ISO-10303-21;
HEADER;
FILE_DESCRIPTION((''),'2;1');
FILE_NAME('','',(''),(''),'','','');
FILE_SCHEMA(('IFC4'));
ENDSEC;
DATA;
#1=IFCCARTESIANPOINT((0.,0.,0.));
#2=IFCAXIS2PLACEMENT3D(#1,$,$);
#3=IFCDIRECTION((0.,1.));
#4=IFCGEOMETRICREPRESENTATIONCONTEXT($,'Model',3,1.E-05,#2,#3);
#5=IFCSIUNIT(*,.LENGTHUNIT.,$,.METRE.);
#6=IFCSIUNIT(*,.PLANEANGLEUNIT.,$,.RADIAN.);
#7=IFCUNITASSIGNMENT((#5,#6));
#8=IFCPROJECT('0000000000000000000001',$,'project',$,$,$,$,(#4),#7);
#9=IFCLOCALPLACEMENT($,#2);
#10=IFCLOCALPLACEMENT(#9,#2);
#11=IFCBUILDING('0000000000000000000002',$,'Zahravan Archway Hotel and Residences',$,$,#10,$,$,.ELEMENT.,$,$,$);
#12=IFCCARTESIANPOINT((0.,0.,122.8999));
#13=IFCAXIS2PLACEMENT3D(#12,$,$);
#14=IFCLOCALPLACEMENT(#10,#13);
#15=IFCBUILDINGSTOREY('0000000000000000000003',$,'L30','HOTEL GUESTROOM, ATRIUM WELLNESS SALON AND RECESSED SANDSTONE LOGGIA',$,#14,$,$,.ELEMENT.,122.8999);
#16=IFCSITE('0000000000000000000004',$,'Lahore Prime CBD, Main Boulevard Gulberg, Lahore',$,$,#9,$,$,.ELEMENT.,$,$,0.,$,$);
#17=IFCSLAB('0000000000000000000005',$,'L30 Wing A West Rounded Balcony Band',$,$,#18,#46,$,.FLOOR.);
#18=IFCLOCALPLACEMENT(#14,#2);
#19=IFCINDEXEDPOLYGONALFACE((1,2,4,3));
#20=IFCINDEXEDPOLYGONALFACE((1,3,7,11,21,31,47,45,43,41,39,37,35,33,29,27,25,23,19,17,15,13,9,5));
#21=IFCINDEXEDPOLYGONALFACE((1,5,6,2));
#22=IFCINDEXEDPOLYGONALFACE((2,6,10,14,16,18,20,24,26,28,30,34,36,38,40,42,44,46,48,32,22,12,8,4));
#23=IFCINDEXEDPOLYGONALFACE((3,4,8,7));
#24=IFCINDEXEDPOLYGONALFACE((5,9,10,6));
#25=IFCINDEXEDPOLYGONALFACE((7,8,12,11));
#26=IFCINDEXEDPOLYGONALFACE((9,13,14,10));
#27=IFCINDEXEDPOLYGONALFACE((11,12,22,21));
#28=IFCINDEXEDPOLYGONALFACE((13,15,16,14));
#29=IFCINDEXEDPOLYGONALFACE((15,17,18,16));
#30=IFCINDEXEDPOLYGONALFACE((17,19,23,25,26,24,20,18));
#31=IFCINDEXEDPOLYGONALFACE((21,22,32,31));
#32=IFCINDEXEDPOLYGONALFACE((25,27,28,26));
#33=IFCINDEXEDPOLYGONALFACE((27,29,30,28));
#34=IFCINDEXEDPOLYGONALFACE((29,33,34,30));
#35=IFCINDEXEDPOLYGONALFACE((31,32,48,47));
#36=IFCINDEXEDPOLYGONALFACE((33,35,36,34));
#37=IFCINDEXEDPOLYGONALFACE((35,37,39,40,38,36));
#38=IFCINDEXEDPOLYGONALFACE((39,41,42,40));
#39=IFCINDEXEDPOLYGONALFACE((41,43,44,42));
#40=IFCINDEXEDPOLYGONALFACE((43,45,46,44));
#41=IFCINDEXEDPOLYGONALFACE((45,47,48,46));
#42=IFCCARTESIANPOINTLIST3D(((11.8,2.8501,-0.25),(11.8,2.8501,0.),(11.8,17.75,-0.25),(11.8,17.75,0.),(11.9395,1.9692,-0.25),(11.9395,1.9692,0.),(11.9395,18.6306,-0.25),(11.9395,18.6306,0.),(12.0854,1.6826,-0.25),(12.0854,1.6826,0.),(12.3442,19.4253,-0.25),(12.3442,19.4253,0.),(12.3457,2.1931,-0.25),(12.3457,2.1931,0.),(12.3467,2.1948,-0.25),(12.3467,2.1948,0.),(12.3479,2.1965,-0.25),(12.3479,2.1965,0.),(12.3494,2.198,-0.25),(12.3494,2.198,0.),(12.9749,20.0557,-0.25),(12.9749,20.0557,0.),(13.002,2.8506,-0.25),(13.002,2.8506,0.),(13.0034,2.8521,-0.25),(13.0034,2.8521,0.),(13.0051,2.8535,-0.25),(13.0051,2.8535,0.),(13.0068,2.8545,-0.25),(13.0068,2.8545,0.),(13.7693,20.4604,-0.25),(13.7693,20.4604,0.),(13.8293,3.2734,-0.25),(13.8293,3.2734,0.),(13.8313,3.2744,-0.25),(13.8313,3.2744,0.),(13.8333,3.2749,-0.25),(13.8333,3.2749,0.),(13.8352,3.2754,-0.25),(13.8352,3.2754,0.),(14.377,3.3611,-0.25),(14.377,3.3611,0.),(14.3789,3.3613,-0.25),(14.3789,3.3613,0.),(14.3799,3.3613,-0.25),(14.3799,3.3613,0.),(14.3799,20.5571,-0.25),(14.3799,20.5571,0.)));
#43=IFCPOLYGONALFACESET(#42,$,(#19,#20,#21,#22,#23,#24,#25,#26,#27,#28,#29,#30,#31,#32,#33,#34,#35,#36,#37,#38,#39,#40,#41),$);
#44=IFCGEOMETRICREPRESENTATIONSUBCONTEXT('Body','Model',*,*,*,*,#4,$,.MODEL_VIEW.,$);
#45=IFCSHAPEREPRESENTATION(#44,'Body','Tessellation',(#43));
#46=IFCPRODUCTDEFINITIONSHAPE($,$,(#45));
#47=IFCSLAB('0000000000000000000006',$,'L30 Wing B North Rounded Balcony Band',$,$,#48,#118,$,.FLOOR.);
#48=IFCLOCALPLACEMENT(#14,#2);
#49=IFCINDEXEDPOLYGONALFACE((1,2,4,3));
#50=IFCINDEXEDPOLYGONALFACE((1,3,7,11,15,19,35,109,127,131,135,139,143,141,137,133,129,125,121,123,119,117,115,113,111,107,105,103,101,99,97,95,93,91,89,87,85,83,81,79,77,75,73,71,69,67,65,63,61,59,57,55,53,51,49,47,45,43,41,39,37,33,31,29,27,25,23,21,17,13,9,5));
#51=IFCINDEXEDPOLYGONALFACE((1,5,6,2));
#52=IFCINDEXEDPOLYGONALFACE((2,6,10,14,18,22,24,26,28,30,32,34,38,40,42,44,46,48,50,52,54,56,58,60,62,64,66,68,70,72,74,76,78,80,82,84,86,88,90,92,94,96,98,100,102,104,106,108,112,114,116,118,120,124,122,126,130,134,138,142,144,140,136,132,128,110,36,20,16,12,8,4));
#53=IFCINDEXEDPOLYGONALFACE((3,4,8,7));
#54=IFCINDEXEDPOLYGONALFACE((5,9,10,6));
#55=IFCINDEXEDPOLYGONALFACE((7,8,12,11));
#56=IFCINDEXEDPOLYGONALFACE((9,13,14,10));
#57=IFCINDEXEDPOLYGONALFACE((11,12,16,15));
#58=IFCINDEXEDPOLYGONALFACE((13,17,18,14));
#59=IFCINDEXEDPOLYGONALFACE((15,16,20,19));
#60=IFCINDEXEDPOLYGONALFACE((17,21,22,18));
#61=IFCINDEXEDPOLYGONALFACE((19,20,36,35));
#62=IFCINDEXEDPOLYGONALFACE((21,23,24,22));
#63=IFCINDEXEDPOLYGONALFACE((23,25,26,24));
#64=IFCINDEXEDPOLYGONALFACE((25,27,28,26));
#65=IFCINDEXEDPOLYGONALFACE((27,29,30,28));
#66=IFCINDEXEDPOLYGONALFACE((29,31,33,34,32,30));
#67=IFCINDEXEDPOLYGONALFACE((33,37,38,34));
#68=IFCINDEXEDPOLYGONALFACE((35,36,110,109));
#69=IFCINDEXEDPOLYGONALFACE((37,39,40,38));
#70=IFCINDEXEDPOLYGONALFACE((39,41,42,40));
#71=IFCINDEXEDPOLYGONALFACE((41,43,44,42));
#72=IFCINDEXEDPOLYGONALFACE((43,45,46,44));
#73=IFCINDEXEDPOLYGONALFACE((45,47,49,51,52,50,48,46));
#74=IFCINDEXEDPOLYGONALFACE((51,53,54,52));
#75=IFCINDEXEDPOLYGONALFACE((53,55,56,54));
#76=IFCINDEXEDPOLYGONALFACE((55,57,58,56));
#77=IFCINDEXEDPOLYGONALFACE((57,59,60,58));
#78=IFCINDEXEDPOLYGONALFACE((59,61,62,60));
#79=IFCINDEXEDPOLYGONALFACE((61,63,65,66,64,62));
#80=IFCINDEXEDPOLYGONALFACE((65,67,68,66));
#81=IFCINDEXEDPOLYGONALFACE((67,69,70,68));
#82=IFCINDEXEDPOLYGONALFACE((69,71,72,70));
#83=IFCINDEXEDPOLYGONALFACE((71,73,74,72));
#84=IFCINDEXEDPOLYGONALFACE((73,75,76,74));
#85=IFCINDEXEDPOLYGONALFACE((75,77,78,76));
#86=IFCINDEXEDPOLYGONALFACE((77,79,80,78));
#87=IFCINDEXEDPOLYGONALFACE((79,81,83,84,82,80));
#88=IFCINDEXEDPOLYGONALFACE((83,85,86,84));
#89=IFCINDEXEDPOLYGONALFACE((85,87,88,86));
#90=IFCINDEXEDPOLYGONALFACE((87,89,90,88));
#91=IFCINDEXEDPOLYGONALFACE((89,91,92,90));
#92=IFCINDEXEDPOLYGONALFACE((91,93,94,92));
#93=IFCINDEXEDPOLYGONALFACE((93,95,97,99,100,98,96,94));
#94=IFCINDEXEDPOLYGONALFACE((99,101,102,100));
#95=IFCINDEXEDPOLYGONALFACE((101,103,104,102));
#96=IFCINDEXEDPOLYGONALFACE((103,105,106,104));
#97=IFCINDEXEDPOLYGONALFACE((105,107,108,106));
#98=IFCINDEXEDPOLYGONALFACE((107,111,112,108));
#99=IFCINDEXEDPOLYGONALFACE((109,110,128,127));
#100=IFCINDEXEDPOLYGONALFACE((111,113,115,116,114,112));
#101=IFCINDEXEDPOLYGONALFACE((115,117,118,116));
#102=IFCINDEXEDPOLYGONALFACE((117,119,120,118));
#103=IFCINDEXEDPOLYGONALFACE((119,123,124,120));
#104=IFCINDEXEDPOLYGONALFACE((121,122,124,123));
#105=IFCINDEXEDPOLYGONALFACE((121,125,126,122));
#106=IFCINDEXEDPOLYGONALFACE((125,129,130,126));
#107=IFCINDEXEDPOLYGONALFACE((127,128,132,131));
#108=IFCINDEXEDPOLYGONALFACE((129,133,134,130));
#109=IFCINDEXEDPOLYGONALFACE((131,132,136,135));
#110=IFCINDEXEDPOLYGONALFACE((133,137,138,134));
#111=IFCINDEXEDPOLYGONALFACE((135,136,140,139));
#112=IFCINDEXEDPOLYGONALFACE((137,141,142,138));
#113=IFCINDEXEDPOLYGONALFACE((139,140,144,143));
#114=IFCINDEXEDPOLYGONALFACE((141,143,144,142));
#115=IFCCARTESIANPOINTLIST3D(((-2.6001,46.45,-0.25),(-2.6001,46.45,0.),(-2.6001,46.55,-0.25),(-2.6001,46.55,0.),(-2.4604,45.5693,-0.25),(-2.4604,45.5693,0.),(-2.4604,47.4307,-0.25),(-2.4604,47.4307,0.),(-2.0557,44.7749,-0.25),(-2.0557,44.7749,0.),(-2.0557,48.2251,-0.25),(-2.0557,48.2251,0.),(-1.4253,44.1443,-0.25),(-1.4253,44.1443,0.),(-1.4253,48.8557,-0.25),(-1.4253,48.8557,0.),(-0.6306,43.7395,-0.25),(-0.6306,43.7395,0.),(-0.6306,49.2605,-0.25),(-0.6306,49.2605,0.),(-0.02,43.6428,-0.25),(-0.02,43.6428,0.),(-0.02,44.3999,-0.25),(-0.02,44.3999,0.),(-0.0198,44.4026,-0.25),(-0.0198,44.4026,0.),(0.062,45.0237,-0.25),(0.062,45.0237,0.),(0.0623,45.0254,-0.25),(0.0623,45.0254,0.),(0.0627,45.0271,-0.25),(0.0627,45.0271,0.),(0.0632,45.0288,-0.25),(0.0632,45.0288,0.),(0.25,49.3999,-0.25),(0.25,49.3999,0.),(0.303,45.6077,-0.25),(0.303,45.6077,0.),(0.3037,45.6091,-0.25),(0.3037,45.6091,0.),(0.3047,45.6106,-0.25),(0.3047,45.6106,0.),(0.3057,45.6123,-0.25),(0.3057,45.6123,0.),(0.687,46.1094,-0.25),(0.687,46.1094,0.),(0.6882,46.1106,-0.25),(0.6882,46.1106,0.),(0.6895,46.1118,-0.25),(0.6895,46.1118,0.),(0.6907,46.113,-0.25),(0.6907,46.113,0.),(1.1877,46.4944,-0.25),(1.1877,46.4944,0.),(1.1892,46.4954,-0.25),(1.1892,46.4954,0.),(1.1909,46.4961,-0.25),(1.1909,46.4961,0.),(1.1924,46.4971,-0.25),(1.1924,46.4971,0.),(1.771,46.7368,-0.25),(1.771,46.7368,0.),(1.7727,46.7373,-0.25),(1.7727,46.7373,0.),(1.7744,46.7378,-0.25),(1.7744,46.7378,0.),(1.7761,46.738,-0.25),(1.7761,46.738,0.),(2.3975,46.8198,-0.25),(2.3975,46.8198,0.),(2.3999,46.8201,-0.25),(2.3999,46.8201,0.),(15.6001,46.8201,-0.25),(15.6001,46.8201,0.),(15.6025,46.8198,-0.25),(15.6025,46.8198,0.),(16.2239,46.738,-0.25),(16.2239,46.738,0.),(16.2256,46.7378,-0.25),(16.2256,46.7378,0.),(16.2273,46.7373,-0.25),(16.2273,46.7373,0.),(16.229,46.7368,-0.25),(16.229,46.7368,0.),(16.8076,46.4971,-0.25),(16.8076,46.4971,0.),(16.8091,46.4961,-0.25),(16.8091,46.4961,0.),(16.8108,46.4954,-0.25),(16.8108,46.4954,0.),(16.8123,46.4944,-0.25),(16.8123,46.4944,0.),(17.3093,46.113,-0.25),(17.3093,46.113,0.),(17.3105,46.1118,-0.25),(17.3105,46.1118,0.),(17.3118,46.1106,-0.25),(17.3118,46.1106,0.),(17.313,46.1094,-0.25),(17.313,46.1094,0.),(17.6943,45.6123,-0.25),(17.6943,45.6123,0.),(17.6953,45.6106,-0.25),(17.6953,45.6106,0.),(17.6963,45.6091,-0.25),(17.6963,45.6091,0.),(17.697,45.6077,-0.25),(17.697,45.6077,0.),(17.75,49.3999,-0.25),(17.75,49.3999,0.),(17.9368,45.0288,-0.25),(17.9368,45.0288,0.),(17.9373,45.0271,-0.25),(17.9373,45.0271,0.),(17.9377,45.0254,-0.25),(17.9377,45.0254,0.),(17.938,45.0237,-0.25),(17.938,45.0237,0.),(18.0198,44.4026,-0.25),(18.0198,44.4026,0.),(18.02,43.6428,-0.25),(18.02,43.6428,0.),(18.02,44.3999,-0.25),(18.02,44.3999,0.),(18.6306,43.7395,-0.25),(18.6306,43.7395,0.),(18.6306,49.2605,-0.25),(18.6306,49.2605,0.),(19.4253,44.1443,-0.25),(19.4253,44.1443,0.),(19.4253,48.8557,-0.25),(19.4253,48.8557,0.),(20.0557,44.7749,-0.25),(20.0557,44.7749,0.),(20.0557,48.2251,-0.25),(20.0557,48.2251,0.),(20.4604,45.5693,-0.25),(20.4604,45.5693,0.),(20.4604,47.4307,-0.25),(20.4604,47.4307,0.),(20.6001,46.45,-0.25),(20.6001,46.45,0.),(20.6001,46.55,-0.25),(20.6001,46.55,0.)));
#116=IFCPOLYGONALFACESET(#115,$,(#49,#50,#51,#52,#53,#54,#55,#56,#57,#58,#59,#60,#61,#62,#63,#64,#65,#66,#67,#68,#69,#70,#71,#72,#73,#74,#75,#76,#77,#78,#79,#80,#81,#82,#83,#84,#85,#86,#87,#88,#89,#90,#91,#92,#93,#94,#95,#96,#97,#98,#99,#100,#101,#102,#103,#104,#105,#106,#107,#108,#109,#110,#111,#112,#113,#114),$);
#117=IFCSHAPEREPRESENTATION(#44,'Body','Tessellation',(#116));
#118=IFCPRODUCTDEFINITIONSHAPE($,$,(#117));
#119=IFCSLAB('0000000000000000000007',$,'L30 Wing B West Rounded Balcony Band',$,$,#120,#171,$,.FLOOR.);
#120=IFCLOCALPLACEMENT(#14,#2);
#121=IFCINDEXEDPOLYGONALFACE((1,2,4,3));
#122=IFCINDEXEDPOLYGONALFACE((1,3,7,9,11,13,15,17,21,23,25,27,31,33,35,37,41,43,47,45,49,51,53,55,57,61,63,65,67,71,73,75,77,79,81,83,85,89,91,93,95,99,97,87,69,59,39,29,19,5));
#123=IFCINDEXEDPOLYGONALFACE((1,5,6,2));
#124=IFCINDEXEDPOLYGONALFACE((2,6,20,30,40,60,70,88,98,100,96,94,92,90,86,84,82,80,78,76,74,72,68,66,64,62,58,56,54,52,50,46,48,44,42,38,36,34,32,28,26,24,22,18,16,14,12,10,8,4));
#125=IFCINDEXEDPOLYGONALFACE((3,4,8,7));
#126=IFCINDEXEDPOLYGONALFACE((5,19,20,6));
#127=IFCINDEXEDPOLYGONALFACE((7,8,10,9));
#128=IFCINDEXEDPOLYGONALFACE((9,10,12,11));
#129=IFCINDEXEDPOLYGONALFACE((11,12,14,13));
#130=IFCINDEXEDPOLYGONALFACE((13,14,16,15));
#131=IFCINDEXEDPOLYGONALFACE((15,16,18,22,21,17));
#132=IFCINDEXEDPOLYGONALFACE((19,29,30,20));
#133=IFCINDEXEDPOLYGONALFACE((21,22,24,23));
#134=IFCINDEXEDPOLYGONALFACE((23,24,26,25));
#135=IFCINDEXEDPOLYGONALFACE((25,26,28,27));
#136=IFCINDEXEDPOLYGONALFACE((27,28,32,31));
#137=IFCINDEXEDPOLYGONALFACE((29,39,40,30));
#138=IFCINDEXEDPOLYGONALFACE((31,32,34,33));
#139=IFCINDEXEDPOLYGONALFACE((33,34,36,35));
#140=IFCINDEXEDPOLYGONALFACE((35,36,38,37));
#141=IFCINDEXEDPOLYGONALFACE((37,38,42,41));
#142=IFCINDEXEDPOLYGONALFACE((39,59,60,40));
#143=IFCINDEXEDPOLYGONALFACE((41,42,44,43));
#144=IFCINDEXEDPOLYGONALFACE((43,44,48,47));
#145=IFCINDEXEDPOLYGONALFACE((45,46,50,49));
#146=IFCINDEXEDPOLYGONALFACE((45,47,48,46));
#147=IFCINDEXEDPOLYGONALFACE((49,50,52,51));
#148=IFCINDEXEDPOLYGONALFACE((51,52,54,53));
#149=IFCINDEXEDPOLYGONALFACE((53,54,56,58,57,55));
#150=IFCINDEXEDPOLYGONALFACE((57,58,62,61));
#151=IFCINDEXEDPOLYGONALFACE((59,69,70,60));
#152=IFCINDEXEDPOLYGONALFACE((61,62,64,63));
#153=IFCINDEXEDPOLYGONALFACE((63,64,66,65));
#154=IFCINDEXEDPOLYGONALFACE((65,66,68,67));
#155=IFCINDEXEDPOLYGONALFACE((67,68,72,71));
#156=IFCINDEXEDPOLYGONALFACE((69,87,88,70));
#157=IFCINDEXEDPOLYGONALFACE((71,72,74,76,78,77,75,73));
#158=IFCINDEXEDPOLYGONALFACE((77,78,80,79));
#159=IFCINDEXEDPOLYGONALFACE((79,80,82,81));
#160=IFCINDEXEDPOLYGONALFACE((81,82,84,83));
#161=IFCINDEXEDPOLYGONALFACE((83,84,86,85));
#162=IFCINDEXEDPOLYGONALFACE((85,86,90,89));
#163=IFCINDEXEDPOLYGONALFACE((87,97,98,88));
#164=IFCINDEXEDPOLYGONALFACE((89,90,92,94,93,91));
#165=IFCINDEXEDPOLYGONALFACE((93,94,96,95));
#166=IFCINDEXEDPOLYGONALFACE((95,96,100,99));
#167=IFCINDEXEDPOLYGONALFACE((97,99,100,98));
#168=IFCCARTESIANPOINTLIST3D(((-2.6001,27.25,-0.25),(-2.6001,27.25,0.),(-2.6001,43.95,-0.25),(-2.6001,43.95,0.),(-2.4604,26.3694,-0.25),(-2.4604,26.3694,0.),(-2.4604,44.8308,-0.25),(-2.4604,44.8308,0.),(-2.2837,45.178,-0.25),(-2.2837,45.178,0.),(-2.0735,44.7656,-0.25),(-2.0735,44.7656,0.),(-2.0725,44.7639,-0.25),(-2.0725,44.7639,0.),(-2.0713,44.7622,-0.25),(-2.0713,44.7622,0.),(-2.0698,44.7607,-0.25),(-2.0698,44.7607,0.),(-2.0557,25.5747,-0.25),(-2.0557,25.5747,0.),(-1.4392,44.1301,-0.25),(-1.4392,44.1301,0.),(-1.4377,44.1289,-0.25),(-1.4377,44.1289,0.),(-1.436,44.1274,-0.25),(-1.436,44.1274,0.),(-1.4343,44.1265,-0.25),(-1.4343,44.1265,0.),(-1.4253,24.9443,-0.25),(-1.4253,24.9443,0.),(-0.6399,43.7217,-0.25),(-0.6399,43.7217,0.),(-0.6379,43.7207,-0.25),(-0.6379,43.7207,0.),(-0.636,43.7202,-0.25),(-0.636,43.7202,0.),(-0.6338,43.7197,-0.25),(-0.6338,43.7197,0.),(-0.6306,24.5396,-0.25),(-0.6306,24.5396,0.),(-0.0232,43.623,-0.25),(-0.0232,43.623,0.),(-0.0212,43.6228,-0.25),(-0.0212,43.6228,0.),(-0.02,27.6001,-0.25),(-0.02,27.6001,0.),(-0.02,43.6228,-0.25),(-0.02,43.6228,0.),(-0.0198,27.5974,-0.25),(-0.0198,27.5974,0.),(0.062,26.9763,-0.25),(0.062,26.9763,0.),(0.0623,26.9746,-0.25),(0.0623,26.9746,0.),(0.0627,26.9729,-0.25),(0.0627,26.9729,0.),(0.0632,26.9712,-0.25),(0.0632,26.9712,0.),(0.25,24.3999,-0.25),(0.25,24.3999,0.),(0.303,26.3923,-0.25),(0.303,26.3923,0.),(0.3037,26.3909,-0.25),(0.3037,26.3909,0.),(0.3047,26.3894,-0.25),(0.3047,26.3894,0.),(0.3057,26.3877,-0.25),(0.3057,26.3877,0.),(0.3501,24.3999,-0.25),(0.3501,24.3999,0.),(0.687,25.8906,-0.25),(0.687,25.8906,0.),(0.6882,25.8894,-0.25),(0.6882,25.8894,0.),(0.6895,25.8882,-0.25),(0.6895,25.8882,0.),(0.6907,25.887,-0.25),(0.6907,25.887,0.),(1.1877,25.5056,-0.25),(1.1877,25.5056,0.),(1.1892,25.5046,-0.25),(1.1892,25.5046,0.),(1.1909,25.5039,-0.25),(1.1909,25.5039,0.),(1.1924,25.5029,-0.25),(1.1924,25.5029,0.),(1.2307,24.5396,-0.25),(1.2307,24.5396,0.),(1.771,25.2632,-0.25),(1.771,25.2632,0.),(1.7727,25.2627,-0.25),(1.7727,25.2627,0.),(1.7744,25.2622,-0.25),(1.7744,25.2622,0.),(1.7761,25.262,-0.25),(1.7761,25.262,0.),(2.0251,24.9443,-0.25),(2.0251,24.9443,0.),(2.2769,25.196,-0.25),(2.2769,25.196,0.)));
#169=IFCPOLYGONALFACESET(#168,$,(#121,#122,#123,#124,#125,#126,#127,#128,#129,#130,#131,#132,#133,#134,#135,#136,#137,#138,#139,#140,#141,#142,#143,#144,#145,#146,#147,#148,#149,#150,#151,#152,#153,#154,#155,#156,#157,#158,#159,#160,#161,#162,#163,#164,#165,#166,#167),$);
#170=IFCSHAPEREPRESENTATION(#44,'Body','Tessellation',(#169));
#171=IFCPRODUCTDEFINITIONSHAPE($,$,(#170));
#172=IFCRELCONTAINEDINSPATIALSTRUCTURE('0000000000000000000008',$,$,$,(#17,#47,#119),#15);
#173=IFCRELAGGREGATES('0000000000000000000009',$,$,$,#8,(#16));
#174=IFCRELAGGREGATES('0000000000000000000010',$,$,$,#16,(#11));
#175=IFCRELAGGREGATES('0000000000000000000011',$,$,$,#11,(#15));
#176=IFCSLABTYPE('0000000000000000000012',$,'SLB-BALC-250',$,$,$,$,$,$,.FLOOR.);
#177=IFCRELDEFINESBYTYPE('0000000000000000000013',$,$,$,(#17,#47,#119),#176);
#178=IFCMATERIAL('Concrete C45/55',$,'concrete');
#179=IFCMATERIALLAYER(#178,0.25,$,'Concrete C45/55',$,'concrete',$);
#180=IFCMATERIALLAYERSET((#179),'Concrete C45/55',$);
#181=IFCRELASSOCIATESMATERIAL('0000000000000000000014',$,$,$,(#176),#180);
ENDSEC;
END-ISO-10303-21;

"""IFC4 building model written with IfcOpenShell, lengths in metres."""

from ifc_helpers import new_model, si_unit, direction, frame, origin, place, context, subcontext, project, spatial, polyline, outline, extrude, material, layer, layer_set, type_object, element, save


model = new_model("IFC4")

# Units and contexts
model_context = context("Model", 3, precision=1e-05, world=origin(), true_north=direction((0.0, 1.0)))
body_context = subcontext(model_context, "Body", "Model", "MODEL_VIEW")
ifc_project = project(units=[si_unit("LENGTHUNIT", "METRE"), si_unit("PLANEANGLEUNIT", "RADIAN")], contexts=[model_context])

# Site, building, storey
site_placement = place(None, origin())
site = spatial("IfcSite", under=ifc_project, at=site_placement, Name="Lahore Prime CBD, Main Boulevard Gulberg, Lahore", CompositionType="ELEMENT", RefElevation=0.0)
building_placement = place(site_placement, origin())
building = spatial("IfcBuilding", under=site, at=building_placement, Name="Zahravan Archway Hotel and Residences", CompositionType="ELEMENT")
storey_placement = place(building_placement, frame((0.0, 0.0, 122.8999)))
storey = spatial("IfcBuildingStorey", under=building, at=storey_placement, Name="L30", Description="HOTEL GUESTROOM, ATRIUM WELLNESS SALON AND RECESSED SANDSTONE LOGGIA", CompositionType="ELEMENT", Elevation=122.8999)

# Slabs
ifc_material_1 = material(Name="Concrete C45/55", Category="concrete")
ifc_layer_1 = layer(ifc_material_1, 0.25, Name="Concrete C45/55", Category="concrete")
ifc_layer_set_1 = layer_set([ifc_layer_1], Name="Concrete C45/55")
slab_type_1 = type_object("IfcSlabType", Name="SLB-BALC-250", PredefinedType="FLOOR", material=ifc_layer_set_1)
slab_1_placement = place(storey_placement, frame((0.0, 0.0, -0.25)))
element("IfcSlab", 1, at=slab_1_placement, inside=storey, type_object=slab_type_1, Name="L30 Wing A West Rounded Balcony Band", PredefinedType="FLOOR", context=body_context, shape_type="SweptSolid", body=[
    extrude(outline(polyline([(11.9395, 1.9692), (11.8, 2.8501), (11.8, 17.75), (11.9395, 18.6306), (12.3442, 19.4253), (12.9749, 20.0557), (13.7693, 20.4604), (14.3799, 20.5571), (14.3799, 3.3613), (14.3789, 3.3613), (14.377, 3.3611), (13.8352, 3.2754), (13.8333, 3.2749), (13.8313, 3.2744), (13.8293, 3.2734), (13.0068, 2.8545), (13.0051, 2.8535), (13.0034, 2.8521), (13.002, 2.8506), (12.3494, 2.198), (12.3479, 2.1965), (12.3467, 2.1948), (12.3457, 2.1931), (12.0854, 1.6826), (11.9395, 1.9692)])), origin(), (0.0, 0.0, 1.0), 0.25),
])
slab_2_placement = place(storey_placement, frame((0.0, 0.0, -0.25)))
element("IfcSlab", 2, at=slab_2_placement, inside=storey, type_object=slab_type_1, Name="L30 Wing B North Rounded Balcony Band", PredefinedType="FLOOR", context=body_context, shape_type="SweptSolid", body=[
    extrude(outline(polyline([(-0.6306, 43.7395), (-1.4253, 44.1443), (-2.0557, 44.7749), (-2.4604, 45.5693), (-2.6001, 46.45), (-2.6001, 46.55), (-2.4604, 47.4307), (-2.0557, 48.2251), (-1.4253, 48.8557), (-0.6306, 49.2605), (0.25, 49.3999), (17.75, 49.3999), (18.6306, 49.2605), (19.4253, 48.8557), (20.0557, 48.2251), (20.4604, 47.4307), (20.6001, 46.55), (20.6001, 46.45), (20.4604, 45.5693), (20.0557, 44.7749), (19.4253, 44.1443), (18.6306, 43.7395), (18.02, 43.6428), (18.02, 44.3999), (18.0198, 44.4026), (17.938, 45.0237), (17.9377, 45.0254), (17.9373, 45.0271), (17.9368, 45.0288), (17.697, 45.6077), (17.6963, 45.6091), (17.6953, 45.6106), (17.6943, 45.6123), (17.313, 46.1094), (17.3118, 46.1106), (17.3105, 46.1118), (17.3093, 46.113), (16.8123, 46.4944), (16.8108, 46.4954), (16.8091, 46.4961), (16.8076, 46.4971), (16.229, 46.7368), (16.2273, 46.7373), (16.2256, 46.7378), (16.2239, 46.738), (15.6025, 46.8198), (15.6001, 46.8201), (2.3999, 46.8201), (2.3975, 46.8198), (1.7761, 46.738), (1.7744, 46.7378), (1.7727, 46.7373), (1.771, 46.7368), (1.1924, 46.4971), (1.1909, 46.4961), (1.1892, 46.4954), (1.1877, 46.4944), (0.6907, 46.113), (0.6895, 46.1118), (0.6882, 46.1106), (0.687, 46.1094), (0.3057, 45.6123), (0.3047, 45.6106), (0.3037, 45.6091), (0.303, 45.6077), (0.0632, 45.0288), (0.0627, 45.0271), (0.0623, 45.0254), (0.062, 45.0237), (-0.0198, 44.4026), (-0.02, 44.3999), (-0.02, 43.6428), (-0.6306, 43.7395)])), origin(), (0.0, 0.0, 1.0), 0.25),
])
slab_3_placement = place(storey_placement, frame((0.0, 0.0, -0.25)))
element("IfcSlab", 3, at=slab_3_placement, inside=storey, type_object=slab_type_1, Name="L30 Wing B West Rounded Balcony Band", PredefinedType="FLOOR", context=body_context, shape_type="SweptSolid", body=[
    extrude(outline(polyline([(2.0251, 24.9443), (1.2307, 24.5396), (0.3501, 24.3999), (0.25, 24.3999), (-0.6306, 24.5396), (-1.4253, 24.9443), (-2.0557, 25.5747), (-2.4604, 26.3694), (-2.6001, 27.25), (-2.6001, 43.95), (-2.4604, 44.8308), (-2.2837, 45.178), (-2.0735, 44.7656), (-2.0725, 44.7639), (-2.0713, 44.7622), (-2.0698, 44.7607), (-1.4392, 44.1301), (-1.4377, 44.1289), (-1.436, 44.1274), (-1.4343, 44.1265), (-0.6399, 43.7217), (-0.6379, 43.7207), (-0.636, 43.7202), (-0.6338, 43.7197), (-0.0232, 43.623), (-0.0212, 43.6228), (-0.02, 43.6228), (-0.02, 27.6001), (-0.0198, 27.5974), (0.062, 26.9763), (0.0623, 26.9746), (0.0627, 26.9729), (0.0632, 26.9712), (0.303, 26.3923), (0.3037, 26.3909), (0.3047, 26.3894), (0.3057, 26.3877), (0.687, 25.8906), (0.6882, 25.8894), (0.6895, 25.8882), (0.6907, 25.887), (1.1877, 25.5056), (1.1892, 25.5046), (1.1909, 25.5039), (1.1924, 25.5029), (1.771, 25.2632), (1.7727, 25.2627), (1.7744, 25.2622), (1.7761, 25.262), (2.2769, 25.196), (2.0251, 24.9443)])), origin(), (0.0, 0.0, 1.0), 0.25),
])

save(model, "model.ifc")
